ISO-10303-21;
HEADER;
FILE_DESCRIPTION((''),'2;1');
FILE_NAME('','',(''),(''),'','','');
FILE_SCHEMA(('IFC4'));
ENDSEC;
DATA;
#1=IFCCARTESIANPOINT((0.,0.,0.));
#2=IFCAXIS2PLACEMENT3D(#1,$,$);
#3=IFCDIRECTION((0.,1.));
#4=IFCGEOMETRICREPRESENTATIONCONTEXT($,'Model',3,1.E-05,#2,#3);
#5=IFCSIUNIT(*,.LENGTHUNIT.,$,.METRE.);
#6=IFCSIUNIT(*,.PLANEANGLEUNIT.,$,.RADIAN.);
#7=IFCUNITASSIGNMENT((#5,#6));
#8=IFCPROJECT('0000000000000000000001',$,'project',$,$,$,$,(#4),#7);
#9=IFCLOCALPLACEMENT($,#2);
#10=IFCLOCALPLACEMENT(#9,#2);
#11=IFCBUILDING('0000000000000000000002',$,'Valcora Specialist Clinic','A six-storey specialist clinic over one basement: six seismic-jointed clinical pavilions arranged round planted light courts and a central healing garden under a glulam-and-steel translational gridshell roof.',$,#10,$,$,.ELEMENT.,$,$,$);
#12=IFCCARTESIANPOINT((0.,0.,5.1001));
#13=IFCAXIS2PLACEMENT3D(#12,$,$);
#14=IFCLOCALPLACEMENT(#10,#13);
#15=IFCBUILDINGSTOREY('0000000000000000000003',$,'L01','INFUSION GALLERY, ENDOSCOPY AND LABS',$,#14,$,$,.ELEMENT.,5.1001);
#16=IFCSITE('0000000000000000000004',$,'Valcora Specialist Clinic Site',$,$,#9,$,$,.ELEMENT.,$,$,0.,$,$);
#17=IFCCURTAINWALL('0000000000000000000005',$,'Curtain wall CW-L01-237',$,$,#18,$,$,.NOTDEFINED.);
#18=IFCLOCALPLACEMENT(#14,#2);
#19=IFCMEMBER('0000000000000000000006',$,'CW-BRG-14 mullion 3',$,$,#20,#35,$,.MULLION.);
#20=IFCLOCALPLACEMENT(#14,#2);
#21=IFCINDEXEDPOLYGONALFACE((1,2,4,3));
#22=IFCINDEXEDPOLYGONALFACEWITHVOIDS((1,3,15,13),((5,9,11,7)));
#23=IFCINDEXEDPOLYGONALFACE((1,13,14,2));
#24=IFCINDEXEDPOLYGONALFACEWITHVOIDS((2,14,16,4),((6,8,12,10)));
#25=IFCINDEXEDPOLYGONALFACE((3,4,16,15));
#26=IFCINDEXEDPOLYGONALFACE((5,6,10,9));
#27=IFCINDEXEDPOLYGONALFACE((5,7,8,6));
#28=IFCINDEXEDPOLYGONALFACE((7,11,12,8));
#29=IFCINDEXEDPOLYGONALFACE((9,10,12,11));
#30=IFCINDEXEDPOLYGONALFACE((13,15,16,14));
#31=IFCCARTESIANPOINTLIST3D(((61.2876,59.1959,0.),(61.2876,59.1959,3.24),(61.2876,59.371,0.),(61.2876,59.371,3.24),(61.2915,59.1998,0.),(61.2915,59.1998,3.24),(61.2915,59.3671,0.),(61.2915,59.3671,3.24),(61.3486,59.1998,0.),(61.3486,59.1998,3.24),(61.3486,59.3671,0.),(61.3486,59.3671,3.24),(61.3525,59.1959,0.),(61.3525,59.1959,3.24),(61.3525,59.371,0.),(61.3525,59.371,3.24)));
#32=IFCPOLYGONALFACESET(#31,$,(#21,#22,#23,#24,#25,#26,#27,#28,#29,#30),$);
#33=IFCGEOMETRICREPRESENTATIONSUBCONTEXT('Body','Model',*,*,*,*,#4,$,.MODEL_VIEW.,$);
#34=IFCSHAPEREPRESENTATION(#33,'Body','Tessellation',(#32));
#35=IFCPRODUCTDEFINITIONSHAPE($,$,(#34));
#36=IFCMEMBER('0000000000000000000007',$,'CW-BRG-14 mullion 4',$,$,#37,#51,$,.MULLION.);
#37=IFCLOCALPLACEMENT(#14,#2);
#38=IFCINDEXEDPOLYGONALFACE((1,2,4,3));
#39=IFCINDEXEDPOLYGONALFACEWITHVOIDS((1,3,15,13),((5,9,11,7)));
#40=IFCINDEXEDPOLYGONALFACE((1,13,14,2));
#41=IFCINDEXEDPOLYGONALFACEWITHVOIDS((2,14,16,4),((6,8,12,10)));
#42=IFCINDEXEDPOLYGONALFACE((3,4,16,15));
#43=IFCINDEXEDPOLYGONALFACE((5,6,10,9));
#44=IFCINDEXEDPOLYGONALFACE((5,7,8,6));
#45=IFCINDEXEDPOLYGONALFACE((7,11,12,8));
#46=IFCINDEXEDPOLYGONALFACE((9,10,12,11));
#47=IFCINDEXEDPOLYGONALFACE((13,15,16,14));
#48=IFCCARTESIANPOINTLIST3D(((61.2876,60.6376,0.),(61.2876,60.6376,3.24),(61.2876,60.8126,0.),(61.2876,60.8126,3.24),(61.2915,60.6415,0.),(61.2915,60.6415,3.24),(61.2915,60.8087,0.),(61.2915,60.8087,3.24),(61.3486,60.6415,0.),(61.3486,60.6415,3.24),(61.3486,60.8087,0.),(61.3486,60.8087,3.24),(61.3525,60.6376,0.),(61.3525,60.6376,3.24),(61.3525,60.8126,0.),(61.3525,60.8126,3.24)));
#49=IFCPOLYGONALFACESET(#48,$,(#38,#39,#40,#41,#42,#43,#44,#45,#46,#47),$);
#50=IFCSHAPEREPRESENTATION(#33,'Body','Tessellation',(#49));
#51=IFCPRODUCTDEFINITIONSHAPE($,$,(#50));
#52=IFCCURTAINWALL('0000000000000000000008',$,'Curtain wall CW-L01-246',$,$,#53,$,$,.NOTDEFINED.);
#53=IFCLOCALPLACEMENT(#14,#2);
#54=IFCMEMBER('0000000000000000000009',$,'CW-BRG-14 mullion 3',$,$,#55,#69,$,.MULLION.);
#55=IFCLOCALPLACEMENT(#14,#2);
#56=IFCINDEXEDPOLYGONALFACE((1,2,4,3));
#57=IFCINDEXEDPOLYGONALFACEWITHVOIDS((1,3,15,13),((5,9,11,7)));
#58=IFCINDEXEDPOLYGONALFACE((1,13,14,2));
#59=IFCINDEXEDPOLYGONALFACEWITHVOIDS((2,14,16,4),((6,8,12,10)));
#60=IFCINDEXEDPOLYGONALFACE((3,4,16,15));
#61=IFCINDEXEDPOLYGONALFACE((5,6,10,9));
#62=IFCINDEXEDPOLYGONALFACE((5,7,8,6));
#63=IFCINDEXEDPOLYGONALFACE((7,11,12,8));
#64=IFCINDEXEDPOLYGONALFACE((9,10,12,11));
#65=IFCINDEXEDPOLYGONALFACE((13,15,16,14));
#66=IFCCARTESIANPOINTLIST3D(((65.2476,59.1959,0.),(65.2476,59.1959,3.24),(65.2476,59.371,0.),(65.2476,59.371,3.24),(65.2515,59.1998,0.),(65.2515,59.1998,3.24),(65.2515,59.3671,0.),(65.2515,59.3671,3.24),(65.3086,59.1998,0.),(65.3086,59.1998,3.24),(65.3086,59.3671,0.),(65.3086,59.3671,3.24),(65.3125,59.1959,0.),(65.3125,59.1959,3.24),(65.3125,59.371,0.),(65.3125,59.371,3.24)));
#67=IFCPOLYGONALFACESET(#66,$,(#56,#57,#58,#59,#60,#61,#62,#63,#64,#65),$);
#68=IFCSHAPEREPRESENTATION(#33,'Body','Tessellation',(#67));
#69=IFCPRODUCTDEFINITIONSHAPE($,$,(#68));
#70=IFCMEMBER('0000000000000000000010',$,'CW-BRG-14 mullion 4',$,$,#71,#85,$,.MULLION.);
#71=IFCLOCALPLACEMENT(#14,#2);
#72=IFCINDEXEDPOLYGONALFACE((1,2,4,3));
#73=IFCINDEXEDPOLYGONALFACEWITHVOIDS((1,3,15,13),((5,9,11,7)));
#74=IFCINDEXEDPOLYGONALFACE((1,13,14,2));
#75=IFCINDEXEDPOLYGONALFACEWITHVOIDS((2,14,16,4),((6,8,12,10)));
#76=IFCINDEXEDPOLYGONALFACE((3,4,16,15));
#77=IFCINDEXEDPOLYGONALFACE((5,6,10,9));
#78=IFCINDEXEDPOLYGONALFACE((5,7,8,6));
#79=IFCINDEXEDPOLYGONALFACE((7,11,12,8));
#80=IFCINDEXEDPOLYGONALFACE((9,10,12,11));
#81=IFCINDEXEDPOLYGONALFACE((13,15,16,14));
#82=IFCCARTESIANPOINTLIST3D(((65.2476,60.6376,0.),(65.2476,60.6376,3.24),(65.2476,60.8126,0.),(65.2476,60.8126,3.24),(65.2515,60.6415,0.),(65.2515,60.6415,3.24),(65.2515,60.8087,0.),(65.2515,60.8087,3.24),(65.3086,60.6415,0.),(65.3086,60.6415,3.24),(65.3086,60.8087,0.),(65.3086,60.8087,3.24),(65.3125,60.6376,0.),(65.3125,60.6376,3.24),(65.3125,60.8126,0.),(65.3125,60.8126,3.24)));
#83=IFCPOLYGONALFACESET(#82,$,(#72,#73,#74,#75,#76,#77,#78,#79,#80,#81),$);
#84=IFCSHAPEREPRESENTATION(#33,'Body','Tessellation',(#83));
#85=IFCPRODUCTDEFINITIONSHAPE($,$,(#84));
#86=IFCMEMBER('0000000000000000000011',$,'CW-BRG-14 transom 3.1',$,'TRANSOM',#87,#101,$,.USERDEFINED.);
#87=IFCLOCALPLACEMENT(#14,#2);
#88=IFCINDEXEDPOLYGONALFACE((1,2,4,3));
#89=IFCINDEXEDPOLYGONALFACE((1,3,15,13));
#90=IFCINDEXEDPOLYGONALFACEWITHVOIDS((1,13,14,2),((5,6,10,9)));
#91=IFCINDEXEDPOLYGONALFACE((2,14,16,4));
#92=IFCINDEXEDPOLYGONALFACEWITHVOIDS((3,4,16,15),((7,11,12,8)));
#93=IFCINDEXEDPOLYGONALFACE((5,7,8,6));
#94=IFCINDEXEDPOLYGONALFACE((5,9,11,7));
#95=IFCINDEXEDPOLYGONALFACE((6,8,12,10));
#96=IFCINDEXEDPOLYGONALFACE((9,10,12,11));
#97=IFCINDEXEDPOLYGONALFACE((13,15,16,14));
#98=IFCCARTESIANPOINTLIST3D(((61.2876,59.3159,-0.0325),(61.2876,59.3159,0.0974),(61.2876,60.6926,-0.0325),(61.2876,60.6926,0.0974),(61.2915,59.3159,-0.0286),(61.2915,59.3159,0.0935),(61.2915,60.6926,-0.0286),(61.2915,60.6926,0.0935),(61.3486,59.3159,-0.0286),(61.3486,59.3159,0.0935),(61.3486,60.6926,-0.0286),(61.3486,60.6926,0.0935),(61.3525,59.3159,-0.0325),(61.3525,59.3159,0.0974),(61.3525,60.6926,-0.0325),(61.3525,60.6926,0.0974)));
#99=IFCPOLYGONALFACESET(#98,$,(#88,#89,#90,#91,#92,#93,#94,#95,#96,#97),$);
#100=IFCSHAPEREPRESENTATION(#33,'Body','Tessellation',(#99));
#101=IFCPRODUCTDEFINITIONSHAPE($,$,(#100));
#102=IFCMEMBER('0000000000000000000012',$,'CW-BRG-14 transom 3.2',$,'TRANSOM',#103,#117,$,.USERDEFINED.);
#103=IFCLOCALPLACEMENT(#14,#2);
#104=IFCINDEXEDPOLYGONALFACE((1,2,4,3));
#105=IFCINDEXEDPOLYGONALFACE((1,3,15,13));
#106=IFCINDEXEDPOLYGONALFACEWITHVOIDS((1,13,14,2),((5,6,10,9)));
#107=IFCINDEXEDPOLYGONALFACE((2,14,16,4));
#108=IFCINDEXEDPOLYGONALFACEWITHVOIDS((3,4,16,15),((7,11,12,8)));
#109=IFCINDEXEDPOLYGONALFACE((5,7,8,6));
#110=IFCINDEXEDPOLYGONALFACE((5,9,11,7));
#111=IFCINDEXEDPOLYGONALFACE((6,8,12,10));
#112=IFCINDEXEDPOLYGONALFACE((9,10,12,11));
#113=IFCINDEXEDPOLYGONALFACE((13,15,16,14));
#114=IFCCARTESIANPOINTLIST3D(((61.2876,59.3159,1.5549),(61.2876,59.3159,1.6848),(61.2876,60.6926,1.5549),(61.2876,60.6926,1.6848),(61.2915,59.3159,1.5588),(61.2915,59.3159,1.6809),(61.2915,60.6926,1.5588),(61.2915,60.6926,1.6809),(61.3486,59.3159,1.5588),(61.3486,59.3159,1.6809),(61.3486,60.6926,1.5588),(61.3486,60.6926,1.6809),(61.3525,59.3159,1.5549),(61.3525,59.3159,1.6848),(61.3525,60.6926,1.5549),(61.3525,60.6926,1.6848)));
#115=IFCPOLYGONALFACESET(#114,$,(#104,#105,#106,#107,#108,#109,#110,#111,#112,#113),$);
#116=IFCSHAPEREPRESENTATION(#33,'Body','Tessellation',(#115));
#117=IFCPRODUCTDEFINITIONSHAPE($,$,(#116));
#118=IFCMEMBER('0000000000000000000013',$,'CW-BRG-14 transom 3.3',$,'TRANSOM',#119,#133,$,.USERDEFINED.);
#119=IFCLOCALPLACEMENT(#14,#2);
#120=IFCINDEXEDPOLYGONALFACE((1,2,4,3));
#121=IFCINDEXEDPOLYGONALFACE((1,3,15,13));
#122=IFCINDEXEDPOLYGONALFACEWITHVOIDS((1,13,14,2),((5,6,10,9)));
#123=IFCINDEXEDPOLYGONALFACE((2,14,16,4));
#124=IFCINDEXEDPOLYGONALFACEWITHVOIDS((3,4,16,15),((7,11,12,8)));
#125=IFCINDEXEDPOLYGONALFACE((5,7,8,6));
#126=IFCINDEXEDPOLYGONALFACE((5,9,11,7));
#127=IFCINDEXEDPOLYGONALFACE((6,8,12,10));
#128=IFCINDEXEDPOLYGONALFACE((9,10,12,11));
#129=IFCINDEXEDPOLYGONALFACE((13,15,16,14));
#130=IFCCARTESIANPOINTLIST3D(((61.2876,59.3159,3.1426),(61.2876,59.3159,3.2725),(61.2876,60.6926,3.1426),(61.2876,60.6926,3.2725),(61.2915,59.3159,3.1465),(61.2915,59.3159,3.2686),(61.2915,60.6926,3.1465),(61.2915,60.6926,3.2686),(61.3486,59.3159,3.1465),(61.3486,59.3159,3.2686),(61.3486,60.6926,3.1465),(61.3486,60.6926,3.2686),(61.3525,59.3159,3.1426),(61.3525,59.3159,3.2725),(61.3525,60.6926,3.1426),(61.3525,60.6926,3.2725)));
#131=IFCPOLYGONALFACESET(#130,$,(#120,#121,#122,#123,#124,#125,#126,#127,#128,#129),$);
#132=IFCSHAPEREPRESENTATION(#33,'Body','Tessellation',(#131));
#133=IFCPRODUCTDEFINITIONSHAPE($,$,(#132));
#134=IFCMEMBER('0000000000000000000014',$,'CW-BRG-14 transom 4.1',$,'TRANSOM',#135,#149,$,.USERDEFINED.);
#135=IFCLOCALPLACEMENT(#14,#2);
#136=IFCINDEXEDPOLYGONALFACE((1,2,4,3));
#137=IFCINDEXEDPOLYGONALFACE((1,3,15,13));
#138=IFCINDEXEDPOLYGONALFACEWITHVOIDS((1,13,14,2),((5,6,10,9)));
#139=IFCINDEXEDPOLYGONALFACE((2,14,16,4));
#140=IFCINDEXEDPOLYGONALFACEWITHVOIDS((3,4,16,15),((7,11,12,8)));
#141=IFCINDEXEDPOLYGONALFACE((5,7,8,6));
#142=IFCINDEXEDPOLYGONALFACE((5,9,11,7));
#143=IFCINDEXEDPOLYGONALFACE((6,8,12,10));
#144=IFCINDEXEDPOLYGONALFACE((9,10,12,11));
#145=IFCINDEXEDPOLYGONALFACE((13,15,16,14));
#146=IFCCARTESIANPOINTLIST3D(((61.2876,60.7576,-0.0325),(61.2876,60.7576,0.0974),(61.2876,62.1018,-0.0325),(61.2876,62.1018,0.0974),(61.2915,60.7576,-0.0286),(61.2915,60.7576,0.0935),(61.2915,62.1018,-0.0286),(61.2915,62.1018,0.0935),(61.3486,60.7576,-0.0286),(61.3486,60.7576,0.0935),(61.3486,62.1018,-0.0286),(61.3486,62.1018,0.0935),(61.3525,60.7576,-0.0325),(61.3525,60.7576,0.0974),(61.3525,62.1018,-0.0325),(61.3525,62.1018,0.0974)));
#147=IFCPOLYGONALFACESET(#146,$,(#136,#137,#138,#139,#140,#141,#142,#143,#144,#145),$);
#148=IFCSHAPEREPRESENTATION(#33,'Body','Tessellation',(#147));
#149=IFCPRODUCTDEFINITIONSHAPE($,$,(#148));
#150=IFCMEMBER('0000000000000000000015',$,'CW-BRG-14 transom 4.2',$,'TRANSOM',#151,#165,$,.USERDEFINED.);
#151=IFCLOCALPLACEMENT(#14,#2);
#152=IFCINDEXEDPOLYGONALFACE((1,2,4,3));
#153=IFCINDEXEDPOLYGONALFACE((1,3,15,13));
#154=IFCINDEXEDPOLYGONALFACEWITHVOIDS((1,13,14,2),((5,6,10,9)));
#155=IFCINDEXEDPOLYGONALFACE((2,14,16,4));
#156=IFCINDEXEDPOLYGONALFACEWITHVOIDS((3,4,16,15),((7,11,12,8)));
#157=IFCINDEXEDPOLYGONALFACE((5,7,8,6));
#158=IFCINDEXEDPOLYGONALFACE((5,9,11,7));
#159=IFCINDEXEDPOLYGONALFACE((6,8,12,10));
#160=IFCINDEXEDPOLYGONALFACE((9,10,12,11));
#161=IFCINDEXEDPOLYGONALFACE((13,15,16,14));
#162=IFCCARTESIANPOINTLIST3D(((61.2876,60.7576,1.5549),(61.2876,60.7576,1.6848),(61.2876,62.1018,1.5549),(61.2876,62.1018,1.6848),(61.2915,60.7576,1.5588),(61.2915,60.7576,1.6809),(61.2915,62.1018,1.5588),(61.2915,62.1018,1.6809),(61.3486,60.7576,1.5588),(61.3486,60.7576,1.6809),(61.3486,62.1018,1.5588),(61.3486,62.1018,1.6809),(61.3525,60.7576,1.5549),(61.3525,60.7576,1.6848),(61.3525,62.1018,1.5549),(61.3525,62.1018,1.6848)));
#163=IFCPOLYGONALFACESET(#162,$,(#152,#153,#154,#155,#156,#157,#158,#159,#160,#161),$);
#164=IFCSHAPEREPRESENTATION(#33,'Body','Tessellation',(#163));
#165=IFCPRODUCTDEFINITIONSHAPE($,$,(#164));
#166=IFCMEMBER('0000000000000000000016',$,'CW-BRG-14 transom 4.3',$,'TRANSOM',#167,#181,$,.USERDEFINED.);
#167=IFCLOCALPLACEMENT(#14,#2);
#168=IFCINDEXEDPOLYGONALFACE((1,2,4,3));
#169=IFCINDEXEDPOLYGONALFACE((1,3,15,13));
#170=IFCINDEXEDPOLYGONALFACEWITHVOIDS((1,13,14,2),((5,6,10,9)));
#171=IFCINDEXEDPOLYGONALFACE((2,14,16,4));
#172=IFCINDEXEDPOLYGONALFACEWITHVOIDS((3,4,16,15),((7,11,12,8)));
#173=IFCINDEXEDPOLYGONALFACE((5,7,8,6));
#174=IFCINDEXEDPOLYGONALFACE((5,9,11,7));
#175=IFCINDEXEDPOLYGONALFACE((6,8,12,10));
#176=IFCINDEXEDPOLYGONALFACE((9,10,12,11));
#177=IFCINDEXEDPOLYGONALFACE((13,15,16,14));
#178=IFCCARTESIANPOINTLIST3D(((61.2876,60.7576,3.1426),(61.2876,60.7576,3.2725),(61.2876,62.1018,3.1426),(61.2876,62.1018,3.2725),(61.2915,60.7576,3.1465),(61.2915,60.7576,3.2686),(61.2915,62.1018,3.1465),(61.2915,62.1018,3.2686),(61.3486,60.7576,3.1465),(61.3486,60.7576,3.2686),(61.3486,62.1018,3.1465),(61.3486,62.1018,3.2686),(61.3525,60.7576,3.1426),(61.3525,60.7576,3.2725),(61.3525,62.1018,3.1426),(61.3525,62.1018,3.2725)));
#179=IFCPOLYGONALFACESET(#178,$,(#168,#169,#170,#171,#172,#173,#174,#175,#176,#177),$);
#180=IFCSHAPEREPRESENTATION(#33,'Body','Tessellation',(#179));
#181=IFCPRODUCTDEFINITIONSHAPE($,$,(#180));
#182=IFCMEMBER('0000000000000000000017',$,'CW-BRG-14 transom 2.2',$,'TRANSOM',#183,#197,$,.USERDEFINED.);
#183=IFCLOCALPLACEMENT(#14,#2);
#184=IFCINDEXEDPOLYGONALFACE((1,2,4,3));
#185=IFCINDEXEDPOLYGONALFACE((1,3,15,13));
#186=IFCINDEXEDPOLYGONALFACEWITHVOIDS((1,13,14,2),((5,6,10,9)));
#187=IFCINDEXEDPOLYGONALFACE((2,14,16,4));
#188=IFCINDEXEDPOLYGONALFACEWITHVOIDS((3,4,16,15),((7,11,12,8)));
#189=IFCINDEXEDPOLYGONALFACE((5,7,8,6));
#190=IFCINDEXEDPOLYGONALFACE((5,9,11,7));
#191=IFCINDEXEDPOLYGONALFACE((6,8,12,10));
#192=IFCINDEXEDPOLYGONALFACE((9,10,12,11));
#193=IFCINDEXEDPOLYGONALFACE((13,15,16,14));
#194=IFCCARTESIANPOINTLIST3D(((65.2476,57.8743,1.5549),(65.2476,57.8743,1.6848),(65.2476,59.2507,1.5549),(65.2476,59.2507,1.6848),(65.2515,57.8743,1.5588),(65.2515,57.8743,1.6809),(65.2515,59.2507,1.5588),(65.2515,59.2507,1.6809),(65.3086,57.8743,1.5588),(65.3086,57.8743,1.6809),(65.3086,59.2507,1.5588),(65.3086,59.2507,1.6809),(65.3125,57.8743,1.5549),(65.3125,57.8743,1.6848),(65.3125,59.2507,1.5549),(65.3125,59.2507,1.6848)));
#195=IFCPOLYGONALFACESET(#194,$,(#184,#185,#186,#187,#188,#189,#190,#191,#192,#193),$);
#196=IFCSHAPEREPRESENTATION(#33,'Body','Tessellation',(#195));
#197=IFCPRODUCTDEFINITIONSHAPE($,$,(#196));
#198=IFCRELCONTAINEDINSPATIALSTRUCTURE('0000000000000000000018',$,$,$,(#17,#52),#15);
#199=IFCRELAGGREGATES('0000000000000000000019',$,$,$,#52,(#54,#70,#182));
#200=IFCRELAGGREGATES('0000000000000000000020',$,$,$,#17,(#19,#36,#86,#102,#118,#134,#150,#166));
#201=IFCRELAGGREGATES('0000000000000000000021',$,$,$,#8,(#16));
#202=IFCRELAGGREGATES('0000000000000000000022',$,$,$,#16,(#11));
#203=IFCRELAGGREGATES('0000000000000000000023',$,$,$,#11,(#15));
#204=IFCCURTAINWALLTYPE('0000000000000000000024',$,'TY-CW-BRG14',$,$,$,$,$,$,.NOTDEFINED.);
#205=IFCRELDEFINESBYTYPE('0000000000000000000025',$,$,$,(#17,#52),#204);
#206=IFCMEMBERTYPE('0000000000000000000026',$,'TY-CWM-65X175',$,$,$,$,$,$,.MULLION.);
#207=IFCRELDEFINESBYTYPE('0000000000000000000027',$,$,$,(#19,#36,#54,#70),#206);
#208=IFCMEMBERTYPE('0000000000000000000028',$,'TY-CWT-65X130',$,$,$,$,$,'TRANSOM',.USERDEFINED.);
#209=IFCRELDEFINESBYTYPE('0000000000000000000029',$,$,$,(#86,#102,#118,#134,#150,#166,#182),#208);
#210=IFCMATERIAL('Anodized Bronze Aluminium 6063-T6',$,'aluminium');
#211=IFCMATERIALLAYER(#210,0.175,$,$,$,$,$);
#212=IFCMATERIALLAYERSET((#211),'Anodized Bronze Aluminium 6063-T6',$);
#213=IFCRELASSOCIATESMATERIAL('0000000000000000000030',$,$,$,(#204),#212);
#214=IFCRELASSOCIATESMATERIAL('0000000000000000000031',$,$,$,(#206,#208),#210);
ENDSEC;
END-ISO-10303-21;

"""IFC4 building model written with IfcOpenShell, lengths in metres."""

from ifc_helpers import new_model, si_unit, direction, frame, origin, origin_2d, place, context, subcontext, project, spatial, hollow_rectangle, extrude, material, layer, layer_set, material_profile, profile_set, type_object, element, aggregate, save


model = new_model("IFC4")

# Units and contexts
model_context = context("Model", 3, precision=1e-05, world=origin(), true_north=direction((0.0, 1.0)))
body_context = subcontext(model_context, "Body", "Model", "MODEL_VIEW")
ifc_project = project(units=[si_unit("LENGTHUNIT", "METRE"), si_unit("PLANEANGLEUNIT", "RADIAN")], contexts=[model_context])

# Site, building, storey
site_placement = place(None, origin())
site = spatial("IfcSite", under=ifc_project, at=site_placement, Name="Valcora Specialist Clinic Site", CompositionType="ELEMENT", RefElevation=0.0)
building_placement = place(site_placement, origin())
building = spatial("IfcBuilding", under=site, at=building_placement, Name="Valcora Specialist Clinic", Description="A six-storey specialist clinic over one basement: six seismic-jointed clinical pavilions arranged round planted light courts and a central healing garden under a glulam-and-steel translational gridshell roof.", CompositionType="ELEMENT")
storey_placement = place(building_placement, frame((0.0, 0.0, 5.1001)))
storey = spatial("IfcBuildingStorey", under=building, at=storey_placement, Name="L01", Description="INFUSION GALLERY, ENDOSCOPY AND LABS", CompositionType="ELEMENT", Elevation=5.1001)

# Curtain walls, members
ifc_material_1 = material(Name="Anodized Bronze Aluminium 6063-T6", Category="aluminium")
ifc_layer_1 = layer(ifc_material_1, 0.175)
ifc_layer_set_1 = layer_set([ifc_layer_1], Name="Anodized Bronze Aluminium 6063-T6")
curtain_wall_type = type_object("IfcCurtainWallType", Name="TY-CW-BRG14", PredefinedType="NOTDEFINED", material=ifc_layer_set_1)
curtain_wall_1_placement = place(storey_placement, origin())
curtain_wall_1 = element("IfcCurtainWall", 1, at=curtain_wall_1_placement, inside=storey, type_object=curtain_wall_type, Name="Curtain wall CW-L01-237", PredefinedType="NOTDEFINED")
ifc_material_profile_1 = material_profile(ifc_material_1, hollow_rectangle(XDim=0.0649, YDim=0.175, WallThickness=0.0039, at=origin_2d()), Name="AL-MUL-65X175")
ifc_profile_set_1 = profile_set([ifc_material_profile_1], Name="Anodized Bronze Aluminium 6063-T6")
member_type_1 = type_object("IfcMemberType", Name="TY-CWM-65X175", PredefinedType="MULLION", material=ifc_profile_set_1)
member_1_placement = place(storey_placement, frame((61.3201, 59.2834, 0.0), z_axis=(0.0, 0.0, 1.0), x_axis=(-1.0, 0.0, 0.0)))
member_1 = element("IfcMember", 2, at=member_1_placement, type_object=member_type_1, Name="CW-BRG-14 mullion 3", PredefinedType="MULLION", context=body_context, shape_type="SweptSolid", body=[
    extrude(hollow_rectangle(XDim=0.0649, YDim=0.175, WallThickness=0.0039, at=origin_2d()), origin(), (0.0, 0.0, 1.0), 3.24),
])
member_2_placement = place(storey_placement, frame((61.3201, 60.7251, 0.0), z_axis=(0.0, 0.0, 1.0), x_axis=(-1.0, 0.0, 0.0)))
member_2 = element("IfcMember", 3, at=member_2_placement, type_object=member_type_1, Name="CW-BRG-14 mullion 4", PredefinedType="MULLION", context=body_context, shape_type="SweptSolid", body=[
    extrude(hollow_rectangle(XDim=0.0649, YDim=0.175, WallThickness=0.0039, at=origin_2d()), origin(), (0.0, 0.0, 1.0), 3.24),
])
curtain_wall_2_placement = place(storey_placement, origin())
curtain_wall_2 = element("IfcCurtainWall", 4, at=curtain_wall_2_placement, inside=storey, type_object=curtain_wall_type, Name="Curtain wall CW-L01-246", PredefinedType="NOTDEFINED")
member_3_placement = place(storey_placement, frame((65.28, 59.2834, 0.0), z_axis=(0.0, 0.0, 1.0), x_axis=(-1.0, 0.0, 0.0)))
member_3 = element("IfcMember", 5, at=member_3_placement, type_object=member_type_1, Name="CW-BRG-14 mullion 3", PredefinedType="MULLION", context=body_context, shape_type="SweptSolid", body=[
    extrude(hollow_rectangle(XDim=0.0649, YDim=0.175, WallThickness=0.0039, at=origin_2d()), origin(), (0.0, 0.0, 1.0), 3.24),
])
member_4_placement = place(storey_placement, frame((65.28, 60.7251, 0.0), z_axis=(0.0, 0.0, 1.0), x_axis=(-1.0, 0.0, 0.0)))
member_4 = element("IfcMember", 6, at=member_4_placement, type_object=member_type_1, Name="CW-BRG-14 mullion 4", PredefinedType="MULLION", context=body_context, shape_type="SweptSolid", body=[
    extrude(hollow_rectangle(XDim=0.0649, YDim=0.175, WallThickness=0.0039, at=origin_2d()), origin(), (0.0, 0.0, 1.0), 3.24),
])

# Members
ifc_material_profile_2 = material_profile(ifc_material_1, hollow_rectangle(XDim=0.0649, YDim=0.1299, WallThickness=0.0039, at=origin_2d()), Name="AL-TRN-65X130")
ifc_profile_set_2 = profile_set([ifc_material_profile_2], Name="Anodized Bronze Aluminium 6063-T6")
member_type_2 = type_object("IfcMemberType", Name="TY-CWT-65X130", ElementType="TRANSOM", PredefinedType="USERDEFINED", material=ifc_profile_set_2)
member_5_placement = place(storey_placement, frame((61.3201, 59.3159, 0.0325), z_axis=(0.0, 1.0, 0.0), x_axis=(-1.0, 0.0, 0.0)))
member_5 = element("IfcMember", 7, at=member_5_placement, type_object=member_type_2, Name="CW-BRG-14 transom 3.1", ObjectType="TRANSOM", PredefinedType="USERDEFINED", context=body_context, shape_type="SweptSolid", body=[
    extrude(hollow_rectangle(XDim=0.0649, YDim=0.1299, WallThickness=0.0039, at=origin_2d()), origin(), (0.0, 0.0, 1.0), 1.3767),
])
member_6_placement = place(storey_placement, frame((61.3201, 59.3159, 1.6199), z_axis=(0.0, 1.0, 0.0), x_axis=(-1.0, 0.0, 0.0)))
member_6 = element("IfcMember", 8, at=member_6_placement, type_object=member_type_2, Name="CW-BRG-14 transom 3.2", ObjectType="TRANSOM", PredefinedType="USERDEFINED", context=body_context, shape_type="SweptSolid", body=[
    extrude(hollow_rectangle(XDim=0.0649, YDim=0.1299, WallThickness=0.0039, at=origin_2d()), origin(), (0.0, 0.0, 1.0), 1.3767),
])
member_7_placement = place(storey_placement, frame((61.3201, 59.3159, 3.2075), z_axis=(0.0, 1.0, 0.0), x_axis=(-1.0, 0.0, 0.0)))
member_7 = element("IfcMember", 9, at=member_7_placement, type_object=member_type_2, Name="CW-BRG-14 transom 3.3", ObjectType="TRANSOM", PredefinedType="USERDEFINED", context=body_context, shape_type="SweptSolid", body=[
    extrude(hollow_rectangle(XDim=0.0649, YDim=0.1299, WallThickness=0.0039, at=origin_2d()), origin(), (0.0, 0.0, 1.0), 1.3767),
])
member_8_placement = place(storey_placement, frame((61.3201, 60.7576, 0.0325), z_axis=(0.0, 1.0, 0.0), x_axis=(-1.0, 0.0, 0.0)))
member_8 = element("IfcMember", 10, at=member_8_placement, type_object=member_type_2, Name="CW-BRG-14 transom 4.1", ObjectType="TRANSOM", PredefinedType="USERDEFINED", context=body_context, shape_type="SweptSolid", body=[
    extrude(hollow_rectangle(XDim=0.0649, YDim=0.1299, WallThickness=0.0039, at=origin_2d()), origin(), (0.0, 0.0, 1.0), 1.3442),
])
member_9_placement = place(storey_placement, frame((61.3201, 60.7576, 1.6199), z_axis=(0.0, 1.0, 0.0), x_axis=(-1.0, 0.0, 0.0)))
member_9 = element("IfcMember", 11, at=member_9_placement, type_object=member_type_2, Name="CW-BRG-14 transom 4.2", ObjectType="TRANSOM", PredefinedType="USERDEFINED", context=body_context, shape_type="SweptSolid", body=[
    extrude(hollow_rectangle(XDim=0.0649, YDim=0.1299, WallThickness=0.0039, at=origin_2d()), origin(), (0.0, 0.0, 1.0), 1.3442),
])
member_10_placement = place(storey_placement, frame((61.3201, 60.7576, 3.2075), z_axis=(0.0, 1.0, 0.0), x_axis=(-1.0, 0.0, 0.0)))
member_10 = element("IfcMember", 12, at=member_10_placement, type_object=member_type_2, Name="CW-BRG-14 transom 4.3", ObjectType="TRANSOM", PredefinedType="USERDEFINED", context=body_context, shape_type="SweptSolid", body=[
    extrude(hollow_rectangle(XDim=0.0649, YDim=0.1299, WallThickness=0.0039, at=origin_2d()), origin(), (0.0, 0.0, 1.0), 1.3442),
])
member_11_placement = place(storey_placement, frame((65.28, 57.8743, 1.6199), z_axis=(0.0, 1.0, 0.0), x_axis=(-1.0, 0.0, 0.0)))
member_11 = element("IfcMember", 13, at=member_11_placement, type_object=member_type_2, Name="CW-BRG-14 transom 2.2", ObjectType="TRANSOM", PredefinedType="USERDEFINED", context=body_context, shape_type="SweptSolid", body=[
    extrude(hollow_rectangle(XDim=0.0649, YDim=0.1299, WallThickness=0.0039, at=origin_2d()), origin(), (0.0, 0.0, 1.0), 1.3765),
])

aggregate(curtain_wall_2, [member_3, member_4, member_11])
aggregate(curtain_wall_1, [member_1, member_2, member_5, member_6, member_7, member_8, member_9, member_10])

save(model, "model.ifc")
